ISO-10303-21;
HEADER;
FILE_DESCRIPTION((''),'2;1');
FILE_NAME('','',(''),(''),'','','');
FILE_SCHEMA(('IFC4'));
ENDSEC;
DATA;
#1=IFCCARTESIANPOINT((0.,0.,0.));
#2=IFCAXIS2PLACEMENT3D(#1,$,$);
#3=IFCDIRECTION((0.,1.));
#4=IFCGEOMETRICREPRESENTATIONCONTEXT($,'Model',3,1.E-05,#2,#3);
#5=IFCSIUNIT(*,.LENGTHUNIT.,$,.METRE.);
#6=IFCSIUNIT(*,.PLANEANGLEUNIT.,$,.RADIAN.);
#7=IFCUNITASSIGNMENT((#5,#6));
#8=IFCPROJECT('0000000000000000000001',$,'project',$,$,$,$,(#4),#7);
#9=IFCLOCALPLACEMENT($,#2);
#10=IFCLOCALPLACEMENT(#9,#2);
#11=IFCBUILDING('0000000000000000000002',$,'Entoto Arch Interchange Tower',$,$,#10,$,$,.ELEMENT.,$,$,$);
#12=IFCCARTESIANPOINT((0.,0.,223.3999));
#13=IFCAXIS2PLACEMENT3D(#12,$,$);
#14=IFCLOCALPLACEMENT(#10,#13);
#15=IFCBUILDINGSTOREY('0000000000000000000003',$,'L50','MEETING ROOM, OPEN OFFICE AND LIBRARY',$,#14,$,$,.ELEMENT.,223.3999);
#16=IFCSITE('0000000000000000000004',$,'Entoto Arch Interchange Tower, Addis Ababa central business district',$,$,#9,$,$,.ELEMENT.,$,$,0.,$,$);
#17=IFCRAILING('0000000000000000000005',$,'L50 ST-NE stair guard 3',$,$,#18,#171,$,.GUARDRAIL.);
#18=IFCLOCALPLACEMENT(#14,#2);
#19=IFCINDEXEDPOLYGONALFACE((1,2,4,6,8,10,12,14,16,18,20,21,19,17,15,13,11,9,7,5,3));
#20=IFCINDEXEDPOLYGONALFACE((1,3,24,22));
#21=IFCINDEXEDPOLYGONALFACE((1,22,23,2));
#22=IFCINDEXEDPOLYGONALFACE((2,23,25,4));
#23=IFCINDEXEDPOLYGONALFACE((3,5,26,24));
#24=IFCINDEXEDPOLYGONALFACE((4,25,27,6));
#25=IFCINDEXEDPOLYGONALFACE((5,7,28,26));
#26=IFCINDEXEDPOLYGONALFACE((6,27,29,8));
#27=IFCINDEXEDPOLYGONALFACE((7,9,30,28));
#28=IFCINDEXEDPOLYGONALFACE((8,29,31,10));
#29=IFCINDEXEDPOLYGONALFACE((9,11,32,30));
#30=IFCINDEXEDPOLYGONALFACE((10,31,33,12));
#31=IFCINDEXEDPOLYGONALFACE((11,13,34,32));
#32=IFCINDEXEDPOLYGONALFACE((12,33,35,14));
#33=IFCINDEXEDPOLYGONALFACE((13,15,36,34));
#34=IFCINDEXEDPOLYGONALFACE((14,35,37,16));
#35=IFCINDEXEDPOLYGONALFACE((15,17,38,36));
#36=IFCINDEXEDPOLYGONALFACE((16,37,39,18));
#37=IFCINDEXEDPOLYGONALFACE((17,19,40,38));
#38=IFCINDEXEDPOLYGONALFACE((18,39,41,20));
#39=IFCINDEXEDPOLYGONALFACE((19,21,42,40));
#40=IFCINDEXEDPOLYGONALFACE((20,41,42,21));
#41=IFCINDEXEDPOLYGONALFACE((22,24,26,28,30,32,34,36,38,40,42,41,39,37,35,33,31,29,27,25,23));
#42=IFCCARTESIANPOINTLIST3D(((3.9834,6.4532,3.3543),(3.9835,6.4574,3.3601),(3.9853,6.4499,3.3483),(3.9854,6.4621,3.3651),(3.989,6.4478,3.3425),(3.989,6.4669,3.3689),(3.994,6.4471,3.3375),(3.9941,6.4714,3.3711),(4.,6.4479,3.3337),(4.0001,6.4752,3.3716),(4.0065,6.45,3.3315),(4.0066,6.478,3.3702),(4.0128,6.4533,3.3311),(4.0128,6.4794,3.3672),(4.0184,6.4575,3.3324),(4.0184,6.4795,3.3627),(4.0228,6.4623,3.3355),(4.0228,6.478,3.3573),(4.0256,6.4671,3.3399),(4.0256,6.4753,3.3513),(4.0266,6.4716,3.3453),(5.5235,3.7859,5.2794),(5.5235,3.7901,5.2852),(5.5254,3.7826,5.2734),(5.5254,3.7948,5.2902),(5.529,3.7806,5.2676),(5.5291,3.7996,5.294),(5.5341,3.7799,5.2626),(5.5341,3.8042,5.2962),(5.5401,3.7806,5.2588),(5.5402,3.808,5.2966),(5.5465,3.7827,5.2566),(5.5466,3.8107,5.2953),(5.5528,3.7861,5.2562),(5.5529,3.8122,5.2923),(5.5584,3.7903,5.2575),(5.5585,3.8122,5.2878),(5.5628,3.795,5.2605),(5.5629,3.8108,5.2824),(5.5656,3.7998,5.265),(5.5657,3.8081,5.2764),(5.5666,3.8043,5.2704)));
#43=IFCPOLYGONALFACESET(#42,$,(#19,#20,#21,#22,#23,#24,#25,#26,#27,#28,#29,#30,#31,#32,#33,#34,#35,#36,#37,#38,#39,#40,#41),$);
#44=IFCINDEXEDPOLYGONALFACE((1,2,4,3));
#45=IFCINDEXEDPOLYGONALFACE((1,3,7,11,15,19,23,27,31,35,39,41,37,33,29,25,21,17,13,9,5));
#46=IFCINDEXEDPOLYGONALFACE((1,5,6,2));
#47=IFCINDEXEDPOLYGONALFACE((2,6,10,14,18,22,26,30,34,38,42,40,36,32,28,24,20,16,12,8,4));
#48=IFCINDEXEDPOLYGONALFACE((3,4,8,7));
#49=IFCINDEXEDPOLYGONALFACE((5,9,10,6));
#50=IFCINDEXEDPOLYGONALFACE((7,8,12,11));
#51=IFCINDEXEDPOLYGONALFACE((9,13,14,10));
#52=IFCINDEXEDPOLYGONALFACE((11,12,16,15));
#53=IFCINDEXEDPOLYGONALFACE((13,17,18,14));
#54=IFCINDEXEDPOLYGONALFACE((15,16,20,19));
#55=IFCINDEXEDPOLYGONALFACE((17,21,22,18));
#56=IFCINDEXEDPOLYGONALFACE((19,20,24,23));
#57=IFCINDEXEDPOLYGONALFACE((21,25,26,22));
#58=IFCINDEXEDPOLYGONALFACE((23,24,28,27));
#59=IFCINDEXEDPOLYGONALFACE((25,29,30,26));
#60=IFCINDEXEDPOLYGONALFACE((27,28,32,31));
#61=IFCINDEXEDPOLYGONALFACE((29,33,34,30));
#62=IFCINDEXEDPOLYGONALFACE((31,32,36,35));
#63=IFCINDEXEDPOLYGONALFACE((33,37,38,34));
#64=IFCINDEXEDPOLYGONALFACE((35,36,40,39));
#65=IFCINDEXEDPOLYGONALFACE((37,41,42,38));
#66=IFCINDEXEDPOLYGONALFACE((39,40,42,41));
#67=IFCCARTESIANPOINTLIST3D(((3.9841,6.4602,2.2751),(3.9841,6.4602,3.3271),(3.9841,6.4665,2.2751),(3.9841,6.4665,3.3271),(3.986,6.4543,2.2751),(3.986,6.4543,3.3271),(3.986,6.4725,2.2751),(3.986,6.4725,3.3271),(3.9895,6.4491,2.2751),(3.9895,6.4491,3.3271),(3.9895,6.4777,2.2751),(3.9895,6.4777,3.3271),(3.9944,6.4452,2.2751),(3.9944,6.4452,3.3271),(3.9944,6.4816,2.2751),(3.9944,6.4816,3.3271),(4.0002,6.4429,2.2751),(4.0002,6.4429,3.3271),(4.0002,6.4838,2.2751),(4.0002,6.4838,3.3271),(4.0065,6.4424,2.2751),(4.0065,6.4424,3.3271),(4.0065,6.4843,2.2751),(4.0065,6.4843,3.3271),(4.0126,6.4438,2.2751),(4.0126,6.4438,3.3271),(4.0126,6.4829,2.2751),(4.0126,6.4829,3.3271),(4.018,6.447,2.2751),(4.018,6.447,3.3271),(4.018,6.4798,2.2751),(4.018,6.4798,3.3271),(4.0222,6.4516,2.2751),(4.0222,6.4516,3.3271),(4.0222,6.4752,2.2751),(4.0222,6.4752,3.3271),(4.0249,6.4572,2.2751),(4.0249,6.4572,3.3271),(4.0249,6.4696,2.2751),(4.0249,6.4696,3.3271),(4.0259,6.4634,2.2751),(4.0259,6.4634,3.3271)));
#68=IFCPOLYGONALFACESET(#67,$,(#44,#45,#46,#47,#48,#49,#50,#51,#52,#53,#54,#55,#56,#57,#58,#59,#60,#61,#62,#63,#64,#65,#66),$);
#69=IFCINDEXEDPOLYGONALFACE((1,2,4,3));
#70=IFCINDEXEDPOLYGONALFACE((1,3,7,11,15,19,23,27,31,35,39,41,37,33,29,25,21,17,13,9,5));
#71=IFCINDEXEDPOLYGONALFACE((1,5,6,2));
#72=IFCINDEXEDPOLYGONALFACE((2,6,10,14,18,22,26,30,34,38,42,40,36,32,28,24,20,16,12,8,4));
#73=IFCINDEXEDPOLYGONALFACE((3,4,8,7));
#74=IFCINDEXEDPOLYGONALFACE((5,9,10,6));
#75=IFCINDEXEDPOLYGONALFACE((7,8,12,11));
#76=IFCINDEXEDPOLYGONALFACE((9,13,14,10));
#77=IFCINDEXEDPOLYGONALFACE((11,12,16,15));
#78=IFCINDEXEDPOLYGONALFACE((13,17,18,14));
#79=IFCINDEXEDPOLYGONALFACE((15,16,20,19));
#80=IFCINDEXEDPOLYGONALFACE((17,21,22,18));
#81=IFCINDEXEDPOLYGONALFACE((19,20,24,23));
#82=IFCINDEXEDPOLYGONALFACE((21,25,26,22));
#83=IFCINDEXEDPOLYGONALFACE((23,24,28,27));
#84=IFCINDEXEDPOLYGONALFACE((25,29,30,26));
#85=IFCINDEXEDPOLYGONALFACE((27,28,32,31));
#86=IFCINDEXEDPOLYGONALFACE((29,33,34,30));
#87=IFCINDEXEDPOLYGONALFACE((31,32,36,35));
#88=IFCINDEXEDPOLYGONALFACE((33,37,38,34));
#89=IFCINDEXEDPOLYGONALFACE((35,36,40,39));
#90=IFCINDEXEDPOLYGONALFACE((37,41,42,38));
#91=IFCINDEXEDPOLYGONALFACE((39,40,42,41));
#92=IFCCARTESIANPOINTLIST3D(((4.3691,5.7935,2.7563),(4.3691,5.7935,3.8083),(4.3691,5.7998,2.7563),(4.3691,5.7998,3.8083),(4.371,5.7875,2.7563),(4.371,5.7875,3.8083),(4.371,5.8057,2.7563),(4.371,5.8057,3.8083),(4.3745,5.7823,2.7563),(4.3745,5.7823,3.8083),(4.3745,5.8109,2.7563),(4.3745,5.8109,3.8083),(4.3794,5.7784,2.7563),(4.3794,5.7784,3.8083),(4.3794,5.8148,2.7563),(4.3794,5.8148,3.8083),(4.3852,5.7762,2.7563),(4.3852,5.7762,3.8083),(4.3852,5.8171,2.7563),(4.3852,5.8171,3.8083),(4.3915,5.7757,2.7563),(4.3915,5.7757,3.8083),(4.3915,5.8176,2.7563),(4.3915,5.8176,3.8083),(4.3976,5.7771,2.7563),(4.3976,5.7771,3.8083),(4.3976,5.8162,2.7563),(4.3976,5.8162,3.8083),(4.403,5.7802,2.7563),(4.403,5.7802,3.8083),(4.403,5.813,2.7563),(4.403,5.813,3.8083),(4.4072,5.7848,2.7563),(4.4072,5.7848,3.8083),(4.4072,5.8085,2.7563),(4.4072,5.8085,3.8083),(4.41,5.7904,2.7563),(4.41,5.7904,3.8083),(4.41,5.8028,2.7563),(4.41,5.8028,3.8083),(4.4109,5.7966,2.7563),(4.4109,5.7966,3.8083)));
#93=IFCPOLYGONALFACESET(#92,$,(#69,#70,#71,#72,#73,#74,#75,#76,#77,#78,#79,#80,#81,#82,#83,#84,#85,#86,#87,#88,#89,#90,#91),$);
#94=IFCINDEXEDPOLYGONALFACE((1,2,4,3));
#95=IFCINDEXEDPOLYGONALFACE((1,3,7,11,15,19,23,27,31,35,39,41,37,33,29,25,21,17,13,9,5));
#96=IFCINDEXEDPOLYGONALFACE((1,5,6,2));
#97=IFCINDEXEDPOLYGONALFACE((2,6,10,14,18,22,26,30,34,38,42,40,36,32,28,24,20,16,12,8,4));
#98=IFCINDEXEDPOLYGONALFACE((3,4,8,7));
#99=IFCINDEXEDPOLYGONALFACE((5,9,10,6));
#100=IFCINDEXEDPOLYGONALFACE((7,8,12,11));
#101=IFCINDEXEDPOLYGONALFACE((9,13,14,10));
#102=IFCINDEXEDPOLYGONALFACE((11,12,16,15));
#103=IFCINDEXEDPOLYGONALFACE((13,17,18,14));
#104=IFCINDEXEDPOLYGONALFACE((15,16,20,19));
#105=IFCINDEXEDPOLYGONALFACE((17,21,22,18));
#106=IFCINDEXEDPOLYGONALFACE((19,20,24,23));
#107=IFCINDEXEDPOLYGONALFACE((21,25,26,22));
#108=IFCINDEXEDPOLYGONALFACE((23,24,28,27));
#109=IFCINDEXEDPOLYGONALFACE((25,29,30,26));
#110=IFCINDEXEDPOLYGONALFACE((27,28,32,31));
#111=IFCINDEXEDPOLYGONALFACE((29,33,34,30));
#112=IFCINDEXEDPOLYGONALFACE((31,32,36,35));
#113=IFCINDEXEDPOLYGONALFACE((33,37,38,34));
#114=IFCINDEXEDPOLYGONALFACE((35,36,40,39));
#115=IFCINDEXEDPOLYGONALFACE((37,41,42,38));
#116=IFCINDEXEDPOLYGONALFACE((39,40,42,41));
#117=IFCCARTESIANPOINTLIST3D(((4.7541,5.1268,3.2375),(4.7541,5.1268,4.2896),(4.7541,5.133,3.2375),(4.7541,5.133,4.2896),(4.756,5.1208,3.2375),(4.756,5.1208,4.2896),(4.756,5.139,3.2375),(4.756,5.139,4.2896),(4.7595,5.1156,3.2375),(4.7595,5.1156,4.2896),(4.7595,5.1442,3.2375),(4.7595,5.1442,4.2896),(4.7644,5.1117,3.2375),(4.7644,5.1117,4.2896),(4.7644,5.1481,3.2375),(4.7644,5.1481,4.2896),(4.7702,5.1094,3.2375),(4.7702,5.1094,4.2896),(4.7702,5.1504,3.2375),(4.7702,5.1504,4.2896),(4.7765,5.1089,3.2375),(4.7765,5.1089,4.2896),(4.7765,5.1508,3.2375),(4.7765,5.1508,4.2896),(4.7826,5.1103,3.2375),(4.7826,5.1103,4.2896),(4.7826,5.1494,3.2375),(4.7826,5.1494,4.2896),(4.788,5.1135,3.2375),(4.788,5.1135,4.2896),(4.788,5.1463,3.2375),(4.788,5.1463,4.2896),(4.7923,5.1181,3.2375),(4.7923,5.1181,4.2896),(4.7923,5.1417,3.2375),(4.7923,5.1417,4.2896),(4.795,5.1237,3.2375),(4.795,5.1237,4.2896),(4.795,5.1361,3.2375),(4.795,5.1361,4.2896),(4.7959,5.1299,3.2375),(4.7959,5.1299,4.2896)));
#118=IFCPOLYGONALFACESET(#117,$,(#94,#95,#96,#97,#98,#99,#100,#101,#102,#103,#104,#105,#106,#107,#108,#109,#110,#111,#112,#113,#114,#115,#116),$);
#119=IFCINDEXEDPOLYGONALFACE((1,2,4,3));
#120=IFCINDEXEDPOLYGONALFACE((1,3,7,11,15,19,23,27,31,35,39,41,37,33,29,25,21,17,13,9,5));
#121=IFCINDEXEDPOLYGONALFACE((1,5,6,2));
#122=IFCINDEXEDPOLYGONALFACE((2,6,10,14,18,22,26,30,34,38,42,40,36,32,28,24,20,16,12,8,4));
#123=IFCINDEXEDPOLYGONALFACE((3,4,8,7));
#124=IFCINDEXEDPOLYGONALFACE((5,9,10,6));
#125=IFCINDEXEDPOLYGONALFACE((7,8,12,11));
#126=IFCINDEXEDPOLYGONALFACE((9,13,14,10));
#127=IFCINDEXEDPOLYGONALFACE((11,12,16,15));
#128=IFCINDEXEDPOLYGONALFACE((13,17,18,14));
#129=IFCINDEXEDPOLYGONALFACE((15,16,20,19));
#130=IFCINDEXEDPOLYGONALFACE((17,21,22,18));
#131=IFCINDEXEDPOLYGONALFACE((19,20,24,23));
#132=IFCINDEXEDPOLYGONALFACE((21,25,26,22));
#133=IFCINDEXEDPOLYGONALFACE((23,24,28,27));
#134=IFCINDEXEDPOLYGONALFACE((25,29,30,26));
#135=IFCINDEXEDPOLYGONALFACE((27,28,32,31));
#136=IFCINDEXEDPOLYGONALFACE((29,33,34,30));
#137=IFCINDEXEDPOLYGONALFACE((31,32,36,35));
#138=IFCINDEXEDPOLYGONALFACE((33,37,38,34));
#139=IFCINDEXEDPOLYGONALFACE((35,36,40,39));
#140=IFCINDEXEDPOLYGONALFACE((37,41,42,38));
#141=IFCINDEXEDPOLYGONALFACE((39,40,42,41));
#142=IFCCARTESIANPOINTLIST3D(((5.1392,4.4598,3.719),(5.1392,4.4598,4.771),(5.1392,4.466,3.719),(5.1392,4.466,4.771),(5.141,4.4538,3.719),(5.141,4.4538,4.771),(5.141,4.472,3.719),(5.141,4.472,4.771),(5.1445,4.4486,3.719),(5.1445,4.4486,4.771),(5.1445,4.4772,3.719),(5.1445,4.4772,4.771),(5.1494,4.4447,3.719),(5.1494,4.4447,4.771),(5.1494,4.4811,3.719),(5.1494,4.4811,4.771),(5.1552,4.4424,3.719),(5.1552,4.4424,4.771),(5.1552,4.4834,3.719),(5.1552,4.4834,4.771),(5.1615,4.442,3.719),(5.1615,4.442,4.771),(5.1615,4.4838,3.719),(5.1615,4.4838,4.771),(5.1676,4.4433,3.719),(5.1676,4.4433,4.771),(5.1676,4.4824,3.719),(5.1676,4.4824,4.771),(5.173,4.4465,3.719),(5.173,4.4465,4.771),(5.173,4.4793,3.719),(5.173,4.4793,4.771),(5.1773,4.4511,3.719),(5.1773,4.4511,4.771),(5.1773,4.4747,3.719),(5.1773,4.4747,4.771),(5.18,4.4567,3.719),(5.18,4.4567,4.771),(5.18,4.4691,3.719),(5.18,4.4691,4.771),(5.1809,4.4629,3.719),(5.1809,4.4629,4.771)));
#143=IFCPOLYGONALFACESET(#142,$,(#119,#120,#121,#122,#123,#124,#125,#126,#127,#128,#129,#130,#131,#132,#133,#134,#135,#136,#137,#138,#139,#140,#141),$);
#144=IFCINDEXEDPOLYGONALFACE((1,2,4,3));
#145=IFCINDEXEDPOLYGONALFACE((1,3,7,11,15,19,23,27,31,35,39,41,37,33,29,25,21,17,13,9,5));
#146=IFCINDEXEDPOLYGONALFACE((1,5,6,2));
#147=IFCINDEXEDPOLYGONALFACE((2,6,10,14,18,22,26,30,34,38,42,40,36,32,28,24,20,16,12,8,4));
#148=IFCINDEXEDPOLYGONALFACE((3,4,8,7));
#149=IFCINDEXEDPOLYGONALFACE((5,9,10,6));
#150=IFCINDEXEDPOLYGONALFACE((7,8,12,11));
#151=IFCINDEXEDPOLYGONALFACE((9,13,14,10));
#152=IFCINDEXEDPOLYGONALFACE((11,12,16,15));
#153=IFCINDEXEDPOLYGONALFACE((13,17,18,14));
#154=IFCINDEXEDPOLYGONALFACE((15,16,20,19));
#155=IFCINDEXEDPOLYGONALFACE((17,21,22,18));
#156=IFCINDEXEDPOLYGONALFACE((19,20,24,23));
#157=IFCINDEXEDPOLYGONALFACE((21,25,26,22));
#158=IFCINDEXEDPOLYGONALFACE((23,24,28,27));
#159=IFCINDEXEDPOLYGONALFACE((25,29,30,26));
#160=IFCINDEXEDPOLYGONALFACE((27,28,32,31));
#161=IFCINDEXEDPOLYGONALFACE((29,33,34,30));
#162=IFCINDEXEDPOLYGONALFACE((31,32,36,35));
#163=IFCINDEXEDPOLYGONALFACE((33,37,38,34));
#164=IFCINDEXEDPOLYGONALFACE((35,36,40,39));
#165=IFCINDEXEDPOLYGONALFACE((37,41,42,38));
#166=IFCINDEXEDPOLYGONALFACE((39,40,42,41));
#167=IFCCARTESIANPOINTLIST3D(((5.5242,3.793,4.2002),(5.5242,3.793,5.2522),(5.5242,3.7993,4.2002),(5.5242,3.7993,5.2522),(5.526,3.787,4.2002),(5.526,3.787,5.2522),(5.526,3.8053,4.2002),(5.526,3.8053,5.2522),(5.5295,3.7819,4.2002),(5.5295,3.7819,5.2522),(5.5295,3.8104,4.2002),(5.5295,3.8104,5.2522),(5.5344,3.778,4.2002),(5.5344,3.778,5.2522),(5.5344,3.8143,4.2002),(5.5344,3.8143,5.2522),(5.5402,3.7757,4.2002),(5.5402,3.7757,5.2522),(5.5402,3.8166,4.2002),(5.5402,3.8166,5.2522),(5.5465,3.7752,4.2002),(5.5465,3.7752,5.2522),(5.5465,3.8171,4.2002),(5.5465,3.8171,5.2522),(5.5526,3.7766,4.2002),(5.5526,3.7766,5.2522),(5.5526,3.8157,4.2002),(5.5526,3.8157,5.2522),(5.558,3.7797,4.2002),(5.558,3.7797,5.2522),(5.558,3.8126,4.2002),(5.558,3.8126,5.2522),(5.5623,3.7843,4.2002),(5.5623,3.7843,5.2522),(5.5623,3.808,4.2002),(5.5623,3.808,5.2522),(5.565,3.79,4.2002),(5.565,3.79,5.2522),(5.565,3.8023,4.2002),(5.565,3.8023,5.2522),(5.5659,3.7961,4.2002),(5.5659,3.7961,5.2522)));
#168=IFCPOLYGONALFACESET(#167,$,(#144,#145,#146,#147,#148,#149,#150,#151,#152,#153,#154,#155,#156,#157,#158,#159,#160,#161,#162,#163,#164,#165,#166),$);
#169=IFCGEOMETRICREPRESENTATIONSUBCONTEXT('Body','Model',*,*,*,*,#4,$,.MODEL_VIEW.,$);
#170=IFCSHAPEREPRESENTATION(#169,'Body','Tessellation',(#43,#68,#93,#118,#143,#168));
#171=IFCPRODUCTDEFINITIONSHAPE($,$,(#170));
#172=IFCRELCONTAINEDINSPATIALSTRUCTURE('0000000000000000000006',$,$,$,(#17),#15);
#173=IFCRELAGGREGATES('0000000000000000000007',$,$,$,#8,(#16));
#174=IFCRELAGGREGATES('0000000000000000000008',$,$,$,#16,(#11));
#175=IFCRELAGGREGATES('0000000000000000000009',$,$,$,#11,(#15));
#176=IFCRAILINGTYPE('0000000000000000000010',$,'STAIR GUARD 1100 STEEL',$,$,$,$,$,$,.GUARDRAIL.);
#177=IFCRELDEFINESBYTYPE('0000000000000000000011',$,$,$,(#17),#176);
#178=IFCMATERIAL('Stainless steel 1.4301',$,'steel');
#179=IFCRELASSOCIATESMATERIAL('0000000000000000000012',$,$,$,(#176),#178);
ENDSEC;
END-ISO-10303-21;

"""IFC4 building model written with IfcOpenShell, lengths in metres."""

from ifc_helpers import new_model, si_unit, direction, frame, origin, origin_2d, place, context, subcontext, project, spatial, circle, extrude, material, type_object, element, save


model = new_model("IFC4")

# Units and contexts
model_context = context("Model", 3, precision=1e-05, world=origin(), true_north=direction((0.0, 1.0)))
body_context = subcontext(model_context, "Body", "Model", "MODEL_VIEW")
ifc_project = project(units=[si_unit("LENGTHUNIT", "METRE"), si_unit("PLANEANGLEUNIT", "RADIAN")], contexts=[model_context])

# Site, building, storey
site_placement = place(None, origin())
site = spatial("IfcSite", under=ifc_project, at=site_placement, Name="Entoto Arch Interchange Tower, Addis Ababa central business district", CompositionType="ELEMENT", RefElevation=0.0)
building_placement = place(site_placement, origin())
building = spatial("IfcBuilding", under=site, at=building_placement, Name="Entoto Arch Interchange Tower", CompositionType="ELEMENT")
storey_placement = place(building_placement, frame((0.0, 0.0, 223.3999)))
storey = spatial("IfcBuildingStorey", under=building, at=storey_placement, Name="L50", Description="MEETING ROOM, OPEN OFFICE AND LIBRARY", CompositionType="ELEMENT", Elevation=223.3999)

# Railing
ifc_material_1 = material(Name="Stainless steel 1.4301", Category="steel")
railing_type_1 = type_object("IfcRailingType", Name="STAIR GUARD 1100 STEEL", PredefinedType="GUARDRAIL", material=ifc_material_1)
railing_1_placement = place(storey_placement, frame((4.0049, 6.4634, 2.2751)))
element("IfcRailing", 1, at=railing_1_placement, inside=storey, type_object=railing_type_1, Name="L50 ST-NE stair guard 3", PredefinedType="GUARDRAIL", context=body_context, shape_type="SweptSolid", body=[
    extrude(circle(Radius=0.0239, at=origin_2d()), frame((0.0, 0.0, 1.0762), z_axis=(0.424015, -0.734364, 0.530019), x_axis=(0.86601, 0.500027, 0.0)), (0.0, 0.0, 1.0), 3.6321),
    extrude(circle(Radius=0.021, at=origin_2d()), origin(), (0.0, 0.0, 1.0), 1.052),
    extrude(circle(Radius=0.021, at=origin_2d()), frame((0.385, -0.6667, 0.4812)), (0.0, 0.0, 1.0), 1.052),
    extrude(circle(Radius=0.021, at=origin_2d()), frame((0.77, -1.3335, 0.9624)), (0.0, 0.0, 1.0), 1.052),
    extrude(circle(Radius=0.021, at=origin_2d()), frame((1.155, -2.0005, 1.4438)), (0.0, 0.0, 1.0), 1.052),
    extrude(circle(Radius=0.021, at=origin_2d()), frame((1.54, -2.6672, 1.925)), (0.0, 0.0, 1.0), 1.052),
])

save(model, "model.ifc")
